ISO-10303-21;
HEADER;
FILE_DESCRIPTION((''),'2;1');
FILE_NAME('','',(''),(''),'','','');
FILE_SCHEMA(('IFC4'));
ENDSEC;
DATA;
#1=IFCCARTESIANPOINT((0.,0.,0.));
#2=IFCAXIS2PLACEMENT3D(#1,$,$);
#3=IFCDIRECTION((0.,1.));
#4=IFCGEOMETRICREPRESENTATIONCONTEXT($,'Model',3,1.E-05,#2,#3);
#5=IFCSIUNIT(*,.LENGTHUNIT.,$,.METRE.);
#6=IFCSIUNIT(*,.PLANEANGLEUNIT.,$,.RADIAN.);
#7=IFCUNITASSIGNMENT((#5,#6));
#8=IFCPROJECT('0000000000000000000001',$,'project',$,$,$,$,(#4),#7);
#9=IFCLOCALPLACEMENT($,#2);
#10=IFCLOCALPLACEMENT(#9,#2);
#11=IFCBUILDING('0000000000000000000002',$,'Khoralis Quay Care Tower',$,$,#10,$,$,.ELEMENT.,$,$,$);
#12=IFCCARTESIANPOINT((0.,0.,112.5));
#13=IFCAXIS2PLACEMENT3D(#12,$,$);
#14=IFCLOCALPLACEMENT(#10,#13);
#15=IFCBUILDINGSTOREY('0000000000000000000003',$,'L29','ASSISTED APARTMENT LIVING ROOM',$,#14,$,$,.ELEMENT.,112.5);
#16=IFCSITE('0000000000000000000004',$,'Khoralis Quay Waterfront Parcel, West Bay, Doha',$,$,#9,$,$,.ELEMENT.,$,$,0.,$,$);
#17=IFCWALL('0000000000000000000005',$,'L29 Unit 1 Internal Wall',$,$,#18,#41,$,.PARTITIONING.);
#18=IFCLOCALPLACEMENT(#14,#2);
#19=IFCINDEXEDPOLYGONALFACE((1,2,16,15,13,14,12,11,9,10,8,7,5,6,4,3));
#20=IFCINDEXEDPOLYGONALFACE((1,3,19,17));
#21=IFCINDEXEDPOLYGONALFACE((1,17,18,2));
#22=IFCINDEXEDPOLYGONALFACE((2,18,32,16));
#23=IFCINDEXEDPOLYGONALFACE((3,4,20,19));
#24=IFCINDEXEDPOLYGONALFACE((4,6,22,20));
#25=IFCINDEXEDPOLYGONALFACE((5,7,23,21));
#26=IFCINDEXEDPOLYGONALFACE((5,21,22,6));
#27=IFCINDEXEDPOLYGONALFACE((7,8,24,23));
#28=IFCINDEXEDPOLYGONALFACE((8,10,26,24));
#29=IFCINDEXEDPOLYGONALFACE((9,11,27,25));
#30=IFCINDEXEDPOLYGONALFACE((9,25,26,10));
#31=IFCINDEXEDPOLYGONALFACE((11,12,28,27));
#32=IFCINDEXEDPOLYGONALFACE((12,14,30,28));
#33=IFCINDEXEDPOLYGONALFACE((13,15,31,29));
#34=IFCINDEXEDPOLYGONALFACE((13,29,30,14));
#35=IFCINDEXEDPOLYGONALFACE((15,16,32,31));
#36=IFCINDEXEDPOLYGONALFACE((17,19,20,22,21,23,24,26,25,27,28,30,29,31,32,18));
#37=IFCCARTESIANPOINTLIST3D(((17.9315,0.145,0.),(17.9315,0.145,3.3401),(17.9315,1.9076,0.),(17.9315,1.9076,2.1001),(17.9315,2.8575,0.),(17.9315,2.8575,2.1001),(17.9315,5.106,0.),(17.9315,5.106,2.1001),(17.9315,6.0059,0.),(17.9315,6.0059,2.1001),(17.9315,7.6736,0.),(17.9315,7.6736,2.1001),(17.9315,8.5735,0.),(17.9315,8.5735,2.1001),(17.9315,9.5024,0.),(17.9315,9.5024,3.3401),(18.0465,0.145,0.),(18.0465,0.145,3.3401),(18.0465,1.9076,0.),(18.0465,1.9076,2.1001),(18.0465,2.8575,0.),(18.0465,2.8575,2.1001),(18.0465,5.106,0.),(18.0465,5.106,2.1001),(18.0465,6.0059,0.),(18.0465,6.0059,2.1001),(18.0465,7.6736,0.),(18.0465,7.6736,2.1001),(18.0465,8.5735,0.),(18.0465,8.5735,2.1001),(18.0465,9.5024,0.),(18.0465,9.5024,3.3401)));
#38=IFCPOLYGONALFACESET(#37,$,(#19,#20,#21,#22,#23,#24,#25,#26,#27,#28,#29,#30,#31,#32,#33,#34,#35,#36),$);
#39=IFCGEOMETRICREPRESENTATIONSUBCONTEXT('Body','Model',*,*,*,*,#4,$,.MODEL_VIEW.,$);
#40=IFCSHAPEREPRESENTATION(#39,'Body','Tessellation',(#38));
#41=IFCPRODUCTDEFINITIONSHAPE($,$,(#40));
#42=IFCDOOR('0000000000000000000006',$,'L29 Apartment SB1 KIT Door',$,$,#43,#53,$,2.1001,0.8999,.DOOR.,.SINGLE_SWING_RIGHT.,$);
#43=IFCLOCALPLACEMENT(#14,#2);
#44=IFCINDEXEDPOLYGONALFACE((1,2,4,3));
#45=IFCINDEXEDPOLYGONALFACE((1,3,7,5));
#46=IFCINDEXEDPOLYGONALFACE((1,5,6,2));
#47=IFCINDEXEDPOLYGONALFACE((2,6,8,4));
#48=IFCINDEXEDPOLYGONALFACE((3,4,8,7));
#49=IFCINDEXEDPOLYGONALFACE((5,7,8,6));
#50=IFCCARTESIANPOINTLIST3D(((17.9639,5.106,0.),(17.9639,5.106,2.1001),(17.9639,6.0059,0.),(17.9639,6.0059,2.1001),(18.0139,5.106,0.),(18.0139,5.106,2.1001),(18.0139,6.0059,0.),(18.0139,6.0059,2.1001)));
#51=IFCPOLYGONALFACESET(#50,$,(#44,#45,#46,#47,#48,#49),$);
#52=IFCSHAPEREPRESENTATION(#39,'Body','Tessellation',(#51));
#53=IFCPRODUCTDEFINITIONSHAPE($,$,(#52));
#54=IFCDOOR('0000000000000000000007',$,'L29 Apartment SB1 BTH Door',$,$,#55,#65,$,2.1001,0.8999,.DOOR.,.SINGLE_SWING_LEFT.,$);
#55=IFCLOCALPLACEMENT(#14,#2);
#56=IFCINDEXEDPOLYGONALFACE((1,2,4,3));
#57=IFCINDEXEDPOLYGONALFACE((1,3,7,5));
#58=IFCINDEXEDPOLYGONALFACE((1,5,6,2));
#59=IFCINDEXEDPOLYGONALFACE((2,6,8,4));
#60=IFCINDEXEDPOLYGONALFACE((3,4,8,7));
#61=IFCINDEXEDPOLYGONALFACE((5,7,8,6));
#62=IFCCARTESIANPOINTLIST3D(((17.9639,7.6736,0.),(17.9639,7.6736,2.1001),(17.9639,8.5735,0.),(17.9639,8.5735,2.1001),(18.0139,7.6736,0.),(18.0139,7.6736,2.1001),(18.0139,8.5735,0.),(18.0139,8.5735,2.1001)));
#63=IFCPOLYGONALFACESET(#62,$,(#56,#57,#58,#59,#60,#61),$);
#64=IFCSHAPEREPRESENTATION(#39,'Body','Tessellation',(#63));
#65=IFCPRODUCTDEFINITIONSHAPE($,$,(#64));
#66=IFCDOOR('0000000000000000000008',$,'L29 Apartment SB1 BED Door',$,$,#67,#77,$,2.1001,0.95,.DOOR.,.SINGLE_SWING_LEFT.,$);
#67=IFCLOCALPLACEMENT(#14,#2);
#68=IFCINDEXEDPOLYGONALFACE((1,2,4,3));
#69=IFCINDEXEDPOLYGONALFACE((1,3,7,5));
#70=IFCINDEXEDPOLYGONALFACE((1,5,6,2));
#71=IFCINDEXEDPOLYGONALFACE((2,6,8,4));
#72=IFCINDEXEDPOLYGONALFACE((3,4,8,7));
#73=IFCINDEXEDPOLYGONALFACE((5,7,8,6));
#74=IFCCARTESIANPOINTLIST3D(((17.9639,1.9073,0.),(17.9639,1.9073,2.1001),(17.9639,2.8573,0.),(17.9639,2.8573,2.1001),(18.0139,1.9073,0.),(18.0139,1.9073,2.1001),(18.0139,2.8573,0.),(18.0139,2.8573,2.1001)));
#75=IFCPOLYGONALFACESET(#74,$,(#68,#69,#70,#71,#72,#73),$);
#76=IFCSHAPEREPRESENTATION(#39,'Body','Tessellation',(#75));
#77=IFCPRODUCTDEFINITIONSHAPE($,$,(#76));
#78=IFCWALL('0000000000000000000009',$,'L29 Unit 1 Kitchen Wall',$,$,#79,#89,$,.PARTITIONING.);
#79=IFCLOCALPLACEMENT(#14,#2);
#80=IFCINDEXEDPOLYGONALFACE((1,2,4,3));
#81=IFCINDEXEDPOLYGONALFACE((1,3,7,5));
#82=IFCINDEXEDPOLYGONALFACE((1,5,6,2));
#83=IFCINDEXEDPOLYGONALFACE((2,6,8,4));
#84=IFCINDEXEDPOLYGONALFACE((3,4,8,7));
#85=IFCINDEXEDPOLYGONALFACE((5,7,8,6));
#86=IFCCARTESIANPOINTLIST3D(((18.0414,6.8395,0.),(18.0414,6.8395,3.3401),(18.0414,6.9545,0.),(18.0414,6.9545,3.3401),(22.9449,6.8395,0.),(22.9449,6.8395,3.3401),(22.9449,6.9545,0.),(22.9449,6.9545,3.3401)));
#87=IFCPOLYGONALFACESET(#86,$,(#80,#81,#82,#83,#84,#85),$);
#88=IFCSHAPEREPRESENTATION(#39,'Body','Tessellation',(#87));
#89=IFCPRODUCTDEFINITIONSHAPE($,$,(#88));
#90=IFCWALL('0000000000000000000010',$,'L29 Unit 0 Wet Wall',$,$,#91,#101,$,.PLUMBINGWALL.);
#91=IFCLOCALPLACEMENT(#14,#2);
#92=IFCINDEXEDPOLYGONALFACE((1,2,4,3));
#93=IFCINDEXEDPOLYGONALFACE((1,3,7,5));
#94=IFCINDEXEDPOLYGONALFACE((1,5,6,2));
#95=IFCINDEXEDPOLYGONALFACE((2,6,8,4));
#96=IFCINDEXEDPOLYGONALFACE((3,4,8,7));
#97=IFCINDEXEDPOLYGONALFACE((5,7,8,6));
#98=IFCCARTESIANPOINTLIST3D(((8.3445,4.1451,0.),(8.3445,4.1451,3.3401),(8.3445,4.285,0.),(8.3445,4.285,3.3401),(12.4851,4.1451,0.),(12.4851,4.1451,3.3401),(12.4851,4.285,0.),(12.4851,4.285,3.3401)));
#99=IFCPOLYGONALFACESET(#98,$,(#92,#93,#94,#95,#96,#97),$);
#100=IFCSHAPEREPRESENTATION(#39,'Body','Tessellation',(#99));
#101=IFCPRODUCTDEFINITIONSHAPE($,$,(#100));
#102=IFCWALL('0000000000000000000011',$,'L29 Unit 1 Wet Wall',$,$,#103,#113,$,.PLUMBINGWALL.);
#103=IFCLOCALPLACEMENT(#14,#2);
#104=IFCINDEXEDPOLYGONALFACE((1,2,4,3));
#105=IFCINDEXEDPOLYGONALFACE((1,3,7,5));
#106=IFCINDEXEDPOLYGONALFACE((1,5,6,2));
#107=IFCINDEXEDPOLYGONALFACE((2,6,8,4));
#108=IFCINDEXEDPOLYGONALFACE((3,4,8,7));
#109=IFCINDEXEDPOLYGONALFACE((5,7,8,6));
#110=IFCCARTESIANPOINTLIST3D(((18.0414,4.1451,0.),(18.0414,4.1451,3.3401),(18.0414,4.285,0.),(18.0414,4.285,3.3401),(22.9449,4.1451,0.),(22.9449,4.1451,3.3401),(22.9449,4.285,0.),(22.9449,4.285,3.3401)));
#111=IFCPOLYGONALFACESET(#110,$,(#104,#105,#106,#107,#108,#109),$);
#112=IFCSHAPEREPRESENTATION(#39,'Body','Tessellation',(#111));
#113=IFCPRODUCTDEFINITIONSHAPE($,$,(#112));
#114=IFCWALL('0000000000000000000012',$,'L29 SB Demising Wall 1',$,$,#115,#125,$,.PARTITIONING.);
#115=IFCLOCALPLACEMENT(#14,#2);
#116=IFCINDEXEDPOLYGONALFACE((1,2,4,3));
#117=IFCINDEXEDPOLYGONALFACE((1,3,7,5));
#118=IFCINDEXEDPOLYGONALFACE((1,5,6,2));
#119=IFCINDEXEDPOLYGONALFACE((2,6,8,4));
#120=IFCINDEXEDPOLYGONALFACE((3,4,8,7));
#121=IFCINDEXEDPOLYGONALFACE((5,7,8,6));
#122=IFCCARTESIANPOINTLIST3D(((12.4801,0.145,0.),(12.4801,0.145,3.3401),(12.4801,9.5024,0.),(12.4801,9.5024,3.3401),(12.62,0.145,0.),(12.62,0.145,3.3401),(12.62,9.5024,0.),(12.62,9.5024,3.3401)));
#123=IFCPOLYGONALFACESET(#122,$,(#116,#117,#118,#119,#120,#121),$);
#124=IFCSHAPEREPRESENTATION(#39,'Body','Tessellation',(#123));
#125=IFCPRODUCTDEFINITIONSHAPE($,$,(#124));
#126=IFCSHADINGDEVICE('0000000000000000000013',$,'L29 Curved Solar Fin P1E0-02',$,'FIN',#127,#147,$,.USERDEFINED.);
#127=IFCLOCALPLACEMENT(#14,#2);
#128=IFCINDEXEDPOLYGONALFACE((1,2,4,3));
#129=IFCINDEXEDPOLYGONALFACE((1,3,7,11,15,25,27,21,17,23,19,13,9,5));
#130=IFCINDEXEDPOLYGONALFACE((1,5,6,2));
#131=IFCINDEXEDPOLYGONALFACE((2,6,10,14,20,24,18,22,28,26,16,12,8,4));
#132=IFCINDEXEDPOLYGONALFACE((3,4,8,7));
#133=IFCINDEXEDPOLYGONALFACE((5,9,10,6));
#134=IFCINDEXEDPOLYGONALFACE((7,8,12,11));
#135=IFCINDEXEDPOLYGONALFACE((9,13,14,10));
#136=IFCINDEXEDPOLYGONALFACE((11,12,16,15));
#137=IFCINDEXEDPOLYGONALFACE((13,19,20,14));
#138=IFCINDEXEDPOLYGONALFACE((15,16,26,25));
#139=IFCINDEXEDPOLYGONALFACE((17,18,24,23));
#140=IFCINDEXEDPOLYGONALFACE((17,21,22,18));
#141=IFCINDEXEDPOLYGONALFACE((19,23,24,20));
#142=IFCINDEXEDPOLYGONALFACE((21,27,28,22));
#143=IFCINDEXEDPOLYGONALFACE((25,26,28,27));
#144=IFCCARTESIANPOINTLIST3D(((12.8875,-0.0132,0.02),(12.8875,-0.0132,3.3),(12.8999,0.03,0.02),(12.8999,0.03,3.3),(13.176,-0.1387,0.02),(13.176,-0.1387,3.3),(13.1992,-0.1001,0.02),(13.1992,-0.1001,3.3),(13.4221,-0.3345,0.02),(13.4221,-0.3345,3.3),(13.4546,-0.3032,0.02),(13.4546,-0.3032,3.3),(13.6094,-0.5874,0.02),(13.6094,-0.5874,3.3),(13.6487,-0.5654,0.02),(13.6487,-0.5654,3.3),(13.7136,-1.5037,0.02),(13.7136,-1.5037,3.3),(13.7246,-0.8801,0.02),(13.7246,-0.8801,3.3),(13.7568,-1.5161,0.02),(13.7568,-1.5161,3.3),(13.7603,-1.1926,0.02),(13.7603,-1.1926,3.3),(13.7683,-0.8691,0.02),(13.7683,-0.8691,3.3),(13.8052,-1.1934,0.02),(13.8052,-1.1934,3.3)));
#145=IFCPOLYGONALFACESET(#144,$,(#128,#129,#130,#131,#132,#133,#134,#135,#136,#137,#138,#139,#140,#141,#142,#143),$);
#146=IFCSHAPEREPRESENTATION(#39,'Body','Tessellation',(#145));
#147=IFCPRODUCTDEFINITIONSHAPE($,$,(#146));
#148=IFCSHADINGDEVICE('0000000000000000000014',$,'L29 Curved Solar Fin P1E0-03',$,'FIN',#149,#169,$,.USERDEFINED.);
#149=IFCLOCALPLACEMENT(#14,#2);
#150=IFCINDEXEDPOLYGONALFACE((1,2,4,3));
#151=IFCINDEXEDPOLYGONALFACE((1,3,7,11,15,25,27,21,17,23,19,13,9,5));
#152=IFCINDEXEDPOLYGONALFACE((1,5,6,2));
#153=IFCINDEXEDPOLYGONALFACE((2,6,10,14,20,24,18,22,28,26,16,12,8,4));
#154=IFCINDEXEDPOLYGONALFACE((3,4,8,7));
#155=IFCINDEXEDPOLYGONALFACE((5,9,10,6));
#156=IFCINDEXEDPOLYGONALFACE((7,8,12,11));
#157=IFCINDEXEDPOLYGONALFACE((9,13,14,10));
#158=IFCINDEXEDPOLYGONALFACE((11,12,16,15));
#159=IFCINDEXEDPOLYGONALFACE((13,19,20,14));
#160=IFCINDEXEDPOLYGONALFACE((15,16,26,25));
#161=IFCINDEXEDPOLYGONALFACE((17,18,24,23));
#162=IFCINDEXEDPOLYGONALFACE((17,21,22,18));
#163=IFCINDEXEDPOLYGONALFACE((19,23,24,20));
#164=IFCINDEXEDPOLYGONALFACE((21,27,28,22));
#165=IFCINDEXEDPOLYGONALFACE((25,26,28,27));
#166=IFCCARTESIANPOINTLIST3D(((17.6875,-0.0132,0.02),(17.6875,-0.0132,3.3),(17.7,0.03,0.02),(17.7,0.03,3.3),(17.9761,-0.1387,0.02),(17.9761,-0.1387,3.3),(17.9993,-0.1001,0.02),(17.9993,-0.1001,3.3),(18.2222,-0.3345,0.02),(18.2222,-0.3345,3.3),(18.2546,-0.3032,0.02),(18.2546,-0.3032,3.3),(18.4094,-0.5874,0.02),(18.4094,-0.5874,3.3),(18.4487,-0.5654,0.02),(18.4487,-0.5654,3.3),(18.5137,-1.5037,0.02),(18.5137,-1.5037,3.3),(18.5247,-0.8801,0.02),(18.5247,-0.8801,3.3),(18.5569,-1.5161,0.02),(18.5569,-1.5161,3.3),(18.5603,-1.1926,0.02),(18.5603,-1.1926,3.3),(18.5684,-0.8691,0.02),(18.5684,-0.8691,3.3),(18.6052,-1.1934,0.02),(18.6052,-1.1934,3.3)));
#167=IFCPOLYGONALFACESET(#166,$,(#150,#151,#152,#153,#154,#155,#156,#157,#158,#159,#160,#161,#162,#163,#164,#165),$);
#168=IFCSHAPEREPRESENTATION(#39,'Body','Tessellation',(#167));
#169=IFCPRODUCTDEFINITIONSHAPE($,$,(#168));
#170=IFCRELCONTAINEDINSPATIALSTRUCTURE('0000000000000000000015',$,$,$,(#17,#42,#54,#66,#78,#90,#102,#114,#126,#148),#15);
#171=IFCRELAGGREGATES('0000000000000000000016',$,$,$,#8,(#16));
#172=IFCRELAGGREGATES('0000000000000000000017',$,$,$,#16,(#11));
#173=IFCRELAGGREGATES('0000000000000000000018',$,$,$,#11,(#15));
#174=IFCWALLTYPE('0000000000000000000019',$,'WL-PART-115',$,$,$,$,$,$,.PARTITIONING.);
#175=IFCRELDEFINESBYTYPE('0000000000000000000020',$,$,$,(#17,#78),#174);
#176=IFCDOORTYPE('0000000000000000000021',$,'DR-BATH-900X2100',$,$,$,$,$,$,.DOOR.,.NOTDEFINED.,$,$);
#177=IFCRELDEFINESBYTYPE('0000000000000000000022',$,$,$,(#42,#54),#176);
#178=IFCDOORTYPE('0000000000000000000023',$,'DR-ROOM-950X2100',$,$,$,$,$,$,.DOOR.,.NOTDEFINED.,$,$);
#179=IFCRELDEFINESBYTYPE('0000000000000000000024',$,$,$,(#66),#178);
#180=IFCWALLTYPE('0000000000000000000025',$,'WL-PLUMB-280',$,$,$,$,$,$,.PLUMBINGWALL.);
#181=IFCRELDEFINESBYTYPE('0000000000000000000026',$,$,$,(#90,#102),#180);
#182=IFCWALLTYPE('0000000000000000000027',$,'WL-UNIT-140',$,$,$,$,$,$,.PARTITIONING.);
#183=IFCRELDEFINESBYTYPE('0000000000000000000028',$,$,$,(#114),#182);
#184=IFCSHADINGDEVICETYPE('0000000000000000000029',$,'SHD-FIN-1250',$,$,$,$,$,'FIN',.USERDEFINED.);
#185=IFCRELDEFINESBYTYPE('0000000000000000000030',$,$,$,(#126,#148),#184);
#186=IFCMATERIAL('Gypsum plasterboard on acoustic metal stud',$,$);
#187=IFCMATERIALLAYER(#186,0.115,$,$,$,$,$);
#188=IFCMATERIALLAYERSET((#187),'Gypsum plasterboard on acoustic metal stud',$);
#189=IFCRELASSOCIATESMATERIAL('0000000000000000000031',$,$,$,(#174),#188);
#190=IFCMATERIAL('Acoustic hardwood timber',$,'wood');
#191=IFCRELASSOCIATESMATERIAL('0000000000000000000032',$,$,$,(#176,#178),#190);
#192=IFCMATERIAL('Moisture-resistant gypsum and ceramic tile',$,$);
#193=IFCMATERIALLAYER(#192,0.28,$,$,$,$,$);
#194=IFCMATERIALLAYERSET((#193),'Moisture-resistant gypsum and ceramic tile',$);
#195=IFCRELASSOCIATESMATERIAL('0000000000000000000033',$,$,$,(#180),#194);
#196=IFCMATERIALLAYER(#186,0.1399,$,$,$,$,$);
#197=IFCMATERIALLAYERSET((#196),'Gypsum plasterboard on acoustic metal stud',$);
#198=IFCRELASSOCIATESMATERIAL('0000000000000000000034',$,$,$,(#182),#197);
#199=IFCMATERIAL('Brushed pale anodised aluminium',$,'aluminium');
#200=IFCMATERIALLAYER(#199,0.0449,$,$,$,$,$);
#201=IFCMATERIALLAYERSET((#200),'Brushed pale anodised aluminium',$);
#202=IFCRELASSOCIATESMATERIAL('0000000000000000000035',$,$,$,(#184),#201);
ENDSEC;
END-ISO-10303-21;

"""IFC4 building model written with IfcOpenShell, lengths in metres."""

from ifc_helpers import new_model, si_unit, direction, frame, frame_2d, origin, place, context, subcontext, project, spatial, polyline, rectangle, outline, extrude, source, transform, mapped, material, layer, layer_set, type_object, element, fill, save


model = new_model("IFC4")

# Units and contexts
model_context = context("Model", 3, precision=1e-05, world=origin(), true_north=direction((0.0, 1.0)))
body_context = subcontext(model_context, "Body", "Model", "MODEL_VIEW")
ifc_project = project(units=[si_unit("LENGTHUNIT", "METRE"), si_unit("PLANEANGLEUNIT", "RADIAN")], contexts=[model_context])

# Site, building, storey
site_placement = place(None, origin())
site = spatial("IfcSite", under=ifc_project, at=site_placement, Name="Khoralis Quay Waterfront Parcel, West Bay, Doha", CompositionType="ELEMENT", RefElevation=0.0)
building_placement = place(site_placement, origin())
building = spatial("IfcBuilding", under=site, at=building_placement, Name="Khoralis Quay Care Tower", CompositionType="ELEMENT")
storey_placement = place(building_placement, frame((0.0, 0.0, 112.5)))
storey = spatial("IfcBuildingStorey", under=building, at=storey_placement, Name="L29", Description="ASSISTED APARTMENT LIVING ROOM", CompositionType="ELEMENT", Elevation=112.5)

# Shared definitions
ifc_material_1 = material(Name="Gypsum plasterboard on acoustic metal stud")
ifc_layer_1 = layer(ifc_material_1, 0.115)
ifc_layer_set_1 = layer_set([ifc_layer_1], Name="Gypsum plasterboard on acoustic metal stud")
wall_type_1 = type_object("IfcWallType", Name="WL-PART-115", PredefinedType="PARTITIONING", material=ifc_layer_set_1)

# Wall, openings, doors
wall_1_placement = place(storey_placement, frame((17.989, 0.145, 0.0), z_axis=(0.0, 0.0, 1.0), x_axis=(0.0, 1.0, 0.0)))
wall_1 = element("IfcWall", 1, at=wall_1_placement, inside=storey, type_object=wall_type_1, Name="L29 Unit 1 Internal Wall", PredefinedType="PARTITIONING", context=body_context, shape_type="SweptSolid", body=[
    extrude(rectangle(XDim=9.3574, YDim=0.115, at=frame_2d((4.6787, 0.0))), origin(), (0.0, 0.0, 1.0), 3.3401),
])
opening_1_placement = place(wall_1_placement, frame((1.7625, 0.0, 0.0)))
opening_1 = element("IfcOpeningElement", 2, at=opening_1_placement, cuts=wall_1, PredefinedType="OPENING", context=body_context, shape_type="SweptSolid", body=[
    extrude(rectangle(XDim=0.95, YDim=2.1001, at=frame_2d((0.4751, 1.05))), frame((0.0, 0.0674, 0.0), z_axis=(0.0, -1.0, 0.0), x_axis=(1.0, 0.0, 0.0)), (0.0, 0.0, 1.0), 0.135),
])
opening_2_placement = place(wall_1_placement, frame((4.9609, 0.0, 0.0)))
opening_2 = element("IfcOpeningElement", 3, at=opening_2_placement, cuts=wall_1, PredefinedType="OPENING", context=body_context, shape_type="SweptSolid", body=[
    extrude(rectangle(XDim=0.8999, YDim=2.1001, at=frame_2d((0.45, 1.05))), frame((0.0, 0.0674, 0.0), z_axis=(0.0, -1.0, 0.0), x_axis=(1.0, 0.0, 0.0)), (0.0, 0.0, 1.0), 0.135),
])
opening_3_placement = place(wall_1_placement, frame((7.5286, 0.0, 0.0)))
opening_3 = element("IfcOpeningElement", 4, at=opening_3_placement, cuts=wall_1, PredefinedType="OPENING", context=body_context, shape_type="SweptSolid", body=[
    extrude(rectangle(XDim=0.8999, YDim=2.1001, at=frame_2d((0.45, 1.05))), frame((0.0, 0.0674, 0.0), z_axis=(0.0, -1.0, 0.0), x_axis=(1.0, 0.0, 0.0)), (0.0, 0.0, 1.0), 0.135),
])
ifc_material_2 = material(Name="Acoustic hardwood timber", Category="wood")
door_type_1 = type_object("IfcDoorType", Name="DR-BATH-900X2100", OperationType="NOTDEFINED", PredefinedType="DOOR", material=ifc_material_2)
shared_shape_1 = source(origin(), body_context, "Body", "SweptSolid", [
    extrude(rectangle(XDim=0.8999, YDim=2.1001, at=frame_2d((0.45, 1.05))), frame((0.0, 0.0249, 0.0), z_axis=(0.0, -1.0, 0.0), x_axis=(1.0, 0.0, 0.0)), (0.0, 0.0, 1.0), 0.05),
])
door_1_placement = place(opening_2_placement, frame((0.8999, 0.0, 0.0), z_axis=(0.0, 0.0, 1.0), x_axis=(-1.0, 0.0, 0.0)))
door_1 = element("IfcDoor", 5, at=door_1_placement, inside=storey, type_object=door_type_1, Name="L29 Apartment SB1 KIT Door", OperationType="SINGLE_SWING_RIGHT", OverallHeight=2.1001, OverallWidth=0.8999, PredefinedType="DOOR", context=body_context, shape_type="MappedRepresentation", body=[
    mapped(shared_shape_1, transform((0.0, 0.0, 0.0), scale=1.0)),
])
fill(opening_2, door_1)
door_2_placement = place(opening_3_placement, frame((0.8999, 0.0, 0.0), z_axis=(0.0, 0.0, 1.0), x_axis=(-1.0, 0.0, 0.0)))
door_2 = element("IfcDoor", 6, at=door_2_placement, inside=storey, type_object=door_type_1, Name="L29 Apartment SB1 BTH Door", OperationType="SINGLE_SWING_LEFT", OverallHeight=2.1001, OverallWidth=0.8999, PredefinedType="DOOR", context=body_context, shape_type="MappedRepresentation", body=[
    mapped(shared_shape_1, transform((0.0, 0.0, 0.0), scale=1.0)),
])
fill(opening_3, door_2)
door_type_2 = type_object("IfcDoorType", Name="DR-ROOM-950X2100", OperationType="NOTDEFINED", PredefinedType="DOOR", material=ifc_material_2)
shared_shape_2 = source(origin(), body_context, "Body", "SweptSolid", [
    extrude(rectangle(XDim=0.95, YDim=2.1001, at=frame_2d((0.4751, 1.05))), frame((0.0, 0.0249, 0.0), z_axis=(0.0, -1.0, 0.0), x_axis=(1.0, 0.0, 0.0)), (0.0, 0.0, 1.0), 0.05),
])
door_3_placement = place(opening_1_placement, frame((0.95, 0.0, 0.0), z_axis=(0.0, 0.0, 1.0), x_axis=(-1.0, 0.0, 0.0)))
door_3 = element("IfcDoor", 7, at=door_3_placement, inside=storey, type_object=door_type_2, Name="L29 Apartment SB1 BED Door", OperationType="SINGLE_SWING_LEFT", OverallHeight=2.1001, OverallWidth=0.95, PredefinedType="DOOR", context=body_context, shape_type="MappedRepresentation", body=[
    mapped(shared_shape_2, transform((0.0, 0.0, 0.0), scale=1.0)),
])
fill(opening_1, door_3)

# Walls
wall_2_placement = place(storey_placement, frame((18.0415, 6.897, 0.0), z_axis=(0.0, 0.0, 1.0), x_axis=(1.0, 0.0, 0.0)))
element("IfcWall", 8, at=wall_2_placement, inside=storey, type_object=wall_type_1, Name="L29 Unit 1 Kitchen Wall", PredefinedType="PARTITIONING", context=body_context, shape_type="SweptSolid", body=[
    extrude(rectangle(XDim=4.9036, YDim=0.115, at=frame_2d((2.4517, 0.0))), origin(), (0.0, 0.0, 1.0), 3.3401),
])
ifc_material_3 = material(Name="Moisture-resistant gypsum and ceramic tile")
ifc_layer_2 = layer(ifc_material_3, 0.28)
ifc_layer_set_2 = layer_set([ifc_layer_2], Name="Moisture-resistant gypsum and ceramic tile")
wall_type_2 = type_object("IfcWallType", Name="WL-PLUMB-280", PredefinedType="PLUMBINGWALL", material=ifc_layer_set_2)
wall_3_placement = place(storey_placement, frame((8.3445, 4.2151, 0.0), z_axis=(0.0, 0.0, 1.0), x_axis=(1.0, 0.0, 0.0)))
element("IfcWall", 9, at=wall_3_placement, inside=storey, type_object=wall_type_2, Name="L29 Unit 0 Wet Wall", PredefinedType="PLUMBINGWALL", context=body_context, shape_type="SweptSolid", body=[
    extrude(rectangle(XDim=4.1406, YDim=0.1399, at=frame_2d((2.0703, 0.0))), origin(), (0.0, 0.0, 1.0), 3.3401),
])
wall_4_placement = place(storey_placement, frame((18.0415, 4.2151, 0.0), z_axis=(0.0, 0.0, 1.0), x_axis=(1.0, 0.0, 0.0)))
element("IfcWall", 10, at=wall_4_placement, inside=storey, type_object=wall_type_2, Name="L29 Unit 1 Wet Wall", PredefinedType="PLUMBINGWALL", context=body_context, shape_type="SweptSolid", body=[
    extrude(rectangle(XDim=4.9036, YDim=0.1399, at=frame_2d((2.4517, 0.0))), origin(), (0.0, 0.0, 1.0), 3.3401),
])
ifc_layer_3 = layer(ifc_material_1, 0.1399)
ifc_layer_set_3 = layer_set([ifc_layer_3], Name="Gypsum plasterboard on acoustic metal stud")
wall_type_3 = type_object("IfcWallType", Name="WL-UNIT-140", PredefinedType="PARTITIONING", material=ifc_layer_set_3)
wall_5_placement = place(storey_placement, frame((12.55, 0.145, 0.0), z_axis=(0.0, 0.0, 1.0), x_axis=(0.0, 1.0, 0.0)))
element("IfcWall", 11, at=wall_5_placement, inside=storey, type_object=wall_type_3, Name="L29 SB Demising Wall 1", PredefinedType="PARTITIONING", context=body_context, shape_type="SweptSolid", body=[
    extrude(rectangle(XDim=9.3574, YDim=0.1399, at=frame_2d((4.6787, 0.0))), origin(), (0.0, 0.0, 1.0), 3.3401),
])

# Shading devices
ifc_material_4 = material(Name="Brushed pale anodised aluminium", Category="aluminium")
ifc_layer_4 = layer(ifc_material_4, 0.0449)
ifc_layer_set_4 = layer_set([ifc_layer_4], Name="Brushed pale anodised aluminium")
shading_device_type = type_object("IfcShadingDeviceType", Name="SHD-FIN-1250", ElementType="FIN", PredefinedType="USERDEFINED", material=ifc_layer_set_4)
shared_shape_3 = source(origin(), body_context, "Body", "SweptSolid", [
    extrude(outline(polyline([(0.0, 0.0), (0.1301, 0.2993), (0.3333, 0.5547), (0.5955, 0.7488), (0.8992, 0.8684), (1.2234, 0.9053), (1.5461, 0.8569), (1.5337, 0.8137), (1.2227, 0.8604), (0.9102, 0.8247), (0.6174, 0.7095), (0.3645, 0.5222), (0.1687, 0.2761), (0.0432, -0.0125), (0.0, 0.0)])), origin(), (0.0, 0.0, 1.0), 3.28),
])
for number, where, z_axis, x_axis, name in (
    (12, (12.8999, 0.03, 0.02), (0.0, 0.0, 1.0), (0.0, -1.0, 0.0), "L29 Curved Solar Fin P1E0-02"),
    (13, (17.7, 0.03, 0.02), (0.0, 0.0, 1.0), (0.0, -1.0, 0.0), "L29 Curved Solar Fin P1E0-03"),
):
    element("IfcShadingDevice", number, at=place(storey_placement, frame(where, z_axis=z_axis, x_axis=x_axis)), inside=storey, type_object=shading_device_type, Name=name, ObjectType="FIN", PredefinedType="USERDEFINED", context=body_context, shape_type="MappedRepresentation", body=[
        mapped(shared_shape_3, transform((0.0, 0.0, 0.0), scale=1.0)),
    ])

save(model, "model.ifc")
